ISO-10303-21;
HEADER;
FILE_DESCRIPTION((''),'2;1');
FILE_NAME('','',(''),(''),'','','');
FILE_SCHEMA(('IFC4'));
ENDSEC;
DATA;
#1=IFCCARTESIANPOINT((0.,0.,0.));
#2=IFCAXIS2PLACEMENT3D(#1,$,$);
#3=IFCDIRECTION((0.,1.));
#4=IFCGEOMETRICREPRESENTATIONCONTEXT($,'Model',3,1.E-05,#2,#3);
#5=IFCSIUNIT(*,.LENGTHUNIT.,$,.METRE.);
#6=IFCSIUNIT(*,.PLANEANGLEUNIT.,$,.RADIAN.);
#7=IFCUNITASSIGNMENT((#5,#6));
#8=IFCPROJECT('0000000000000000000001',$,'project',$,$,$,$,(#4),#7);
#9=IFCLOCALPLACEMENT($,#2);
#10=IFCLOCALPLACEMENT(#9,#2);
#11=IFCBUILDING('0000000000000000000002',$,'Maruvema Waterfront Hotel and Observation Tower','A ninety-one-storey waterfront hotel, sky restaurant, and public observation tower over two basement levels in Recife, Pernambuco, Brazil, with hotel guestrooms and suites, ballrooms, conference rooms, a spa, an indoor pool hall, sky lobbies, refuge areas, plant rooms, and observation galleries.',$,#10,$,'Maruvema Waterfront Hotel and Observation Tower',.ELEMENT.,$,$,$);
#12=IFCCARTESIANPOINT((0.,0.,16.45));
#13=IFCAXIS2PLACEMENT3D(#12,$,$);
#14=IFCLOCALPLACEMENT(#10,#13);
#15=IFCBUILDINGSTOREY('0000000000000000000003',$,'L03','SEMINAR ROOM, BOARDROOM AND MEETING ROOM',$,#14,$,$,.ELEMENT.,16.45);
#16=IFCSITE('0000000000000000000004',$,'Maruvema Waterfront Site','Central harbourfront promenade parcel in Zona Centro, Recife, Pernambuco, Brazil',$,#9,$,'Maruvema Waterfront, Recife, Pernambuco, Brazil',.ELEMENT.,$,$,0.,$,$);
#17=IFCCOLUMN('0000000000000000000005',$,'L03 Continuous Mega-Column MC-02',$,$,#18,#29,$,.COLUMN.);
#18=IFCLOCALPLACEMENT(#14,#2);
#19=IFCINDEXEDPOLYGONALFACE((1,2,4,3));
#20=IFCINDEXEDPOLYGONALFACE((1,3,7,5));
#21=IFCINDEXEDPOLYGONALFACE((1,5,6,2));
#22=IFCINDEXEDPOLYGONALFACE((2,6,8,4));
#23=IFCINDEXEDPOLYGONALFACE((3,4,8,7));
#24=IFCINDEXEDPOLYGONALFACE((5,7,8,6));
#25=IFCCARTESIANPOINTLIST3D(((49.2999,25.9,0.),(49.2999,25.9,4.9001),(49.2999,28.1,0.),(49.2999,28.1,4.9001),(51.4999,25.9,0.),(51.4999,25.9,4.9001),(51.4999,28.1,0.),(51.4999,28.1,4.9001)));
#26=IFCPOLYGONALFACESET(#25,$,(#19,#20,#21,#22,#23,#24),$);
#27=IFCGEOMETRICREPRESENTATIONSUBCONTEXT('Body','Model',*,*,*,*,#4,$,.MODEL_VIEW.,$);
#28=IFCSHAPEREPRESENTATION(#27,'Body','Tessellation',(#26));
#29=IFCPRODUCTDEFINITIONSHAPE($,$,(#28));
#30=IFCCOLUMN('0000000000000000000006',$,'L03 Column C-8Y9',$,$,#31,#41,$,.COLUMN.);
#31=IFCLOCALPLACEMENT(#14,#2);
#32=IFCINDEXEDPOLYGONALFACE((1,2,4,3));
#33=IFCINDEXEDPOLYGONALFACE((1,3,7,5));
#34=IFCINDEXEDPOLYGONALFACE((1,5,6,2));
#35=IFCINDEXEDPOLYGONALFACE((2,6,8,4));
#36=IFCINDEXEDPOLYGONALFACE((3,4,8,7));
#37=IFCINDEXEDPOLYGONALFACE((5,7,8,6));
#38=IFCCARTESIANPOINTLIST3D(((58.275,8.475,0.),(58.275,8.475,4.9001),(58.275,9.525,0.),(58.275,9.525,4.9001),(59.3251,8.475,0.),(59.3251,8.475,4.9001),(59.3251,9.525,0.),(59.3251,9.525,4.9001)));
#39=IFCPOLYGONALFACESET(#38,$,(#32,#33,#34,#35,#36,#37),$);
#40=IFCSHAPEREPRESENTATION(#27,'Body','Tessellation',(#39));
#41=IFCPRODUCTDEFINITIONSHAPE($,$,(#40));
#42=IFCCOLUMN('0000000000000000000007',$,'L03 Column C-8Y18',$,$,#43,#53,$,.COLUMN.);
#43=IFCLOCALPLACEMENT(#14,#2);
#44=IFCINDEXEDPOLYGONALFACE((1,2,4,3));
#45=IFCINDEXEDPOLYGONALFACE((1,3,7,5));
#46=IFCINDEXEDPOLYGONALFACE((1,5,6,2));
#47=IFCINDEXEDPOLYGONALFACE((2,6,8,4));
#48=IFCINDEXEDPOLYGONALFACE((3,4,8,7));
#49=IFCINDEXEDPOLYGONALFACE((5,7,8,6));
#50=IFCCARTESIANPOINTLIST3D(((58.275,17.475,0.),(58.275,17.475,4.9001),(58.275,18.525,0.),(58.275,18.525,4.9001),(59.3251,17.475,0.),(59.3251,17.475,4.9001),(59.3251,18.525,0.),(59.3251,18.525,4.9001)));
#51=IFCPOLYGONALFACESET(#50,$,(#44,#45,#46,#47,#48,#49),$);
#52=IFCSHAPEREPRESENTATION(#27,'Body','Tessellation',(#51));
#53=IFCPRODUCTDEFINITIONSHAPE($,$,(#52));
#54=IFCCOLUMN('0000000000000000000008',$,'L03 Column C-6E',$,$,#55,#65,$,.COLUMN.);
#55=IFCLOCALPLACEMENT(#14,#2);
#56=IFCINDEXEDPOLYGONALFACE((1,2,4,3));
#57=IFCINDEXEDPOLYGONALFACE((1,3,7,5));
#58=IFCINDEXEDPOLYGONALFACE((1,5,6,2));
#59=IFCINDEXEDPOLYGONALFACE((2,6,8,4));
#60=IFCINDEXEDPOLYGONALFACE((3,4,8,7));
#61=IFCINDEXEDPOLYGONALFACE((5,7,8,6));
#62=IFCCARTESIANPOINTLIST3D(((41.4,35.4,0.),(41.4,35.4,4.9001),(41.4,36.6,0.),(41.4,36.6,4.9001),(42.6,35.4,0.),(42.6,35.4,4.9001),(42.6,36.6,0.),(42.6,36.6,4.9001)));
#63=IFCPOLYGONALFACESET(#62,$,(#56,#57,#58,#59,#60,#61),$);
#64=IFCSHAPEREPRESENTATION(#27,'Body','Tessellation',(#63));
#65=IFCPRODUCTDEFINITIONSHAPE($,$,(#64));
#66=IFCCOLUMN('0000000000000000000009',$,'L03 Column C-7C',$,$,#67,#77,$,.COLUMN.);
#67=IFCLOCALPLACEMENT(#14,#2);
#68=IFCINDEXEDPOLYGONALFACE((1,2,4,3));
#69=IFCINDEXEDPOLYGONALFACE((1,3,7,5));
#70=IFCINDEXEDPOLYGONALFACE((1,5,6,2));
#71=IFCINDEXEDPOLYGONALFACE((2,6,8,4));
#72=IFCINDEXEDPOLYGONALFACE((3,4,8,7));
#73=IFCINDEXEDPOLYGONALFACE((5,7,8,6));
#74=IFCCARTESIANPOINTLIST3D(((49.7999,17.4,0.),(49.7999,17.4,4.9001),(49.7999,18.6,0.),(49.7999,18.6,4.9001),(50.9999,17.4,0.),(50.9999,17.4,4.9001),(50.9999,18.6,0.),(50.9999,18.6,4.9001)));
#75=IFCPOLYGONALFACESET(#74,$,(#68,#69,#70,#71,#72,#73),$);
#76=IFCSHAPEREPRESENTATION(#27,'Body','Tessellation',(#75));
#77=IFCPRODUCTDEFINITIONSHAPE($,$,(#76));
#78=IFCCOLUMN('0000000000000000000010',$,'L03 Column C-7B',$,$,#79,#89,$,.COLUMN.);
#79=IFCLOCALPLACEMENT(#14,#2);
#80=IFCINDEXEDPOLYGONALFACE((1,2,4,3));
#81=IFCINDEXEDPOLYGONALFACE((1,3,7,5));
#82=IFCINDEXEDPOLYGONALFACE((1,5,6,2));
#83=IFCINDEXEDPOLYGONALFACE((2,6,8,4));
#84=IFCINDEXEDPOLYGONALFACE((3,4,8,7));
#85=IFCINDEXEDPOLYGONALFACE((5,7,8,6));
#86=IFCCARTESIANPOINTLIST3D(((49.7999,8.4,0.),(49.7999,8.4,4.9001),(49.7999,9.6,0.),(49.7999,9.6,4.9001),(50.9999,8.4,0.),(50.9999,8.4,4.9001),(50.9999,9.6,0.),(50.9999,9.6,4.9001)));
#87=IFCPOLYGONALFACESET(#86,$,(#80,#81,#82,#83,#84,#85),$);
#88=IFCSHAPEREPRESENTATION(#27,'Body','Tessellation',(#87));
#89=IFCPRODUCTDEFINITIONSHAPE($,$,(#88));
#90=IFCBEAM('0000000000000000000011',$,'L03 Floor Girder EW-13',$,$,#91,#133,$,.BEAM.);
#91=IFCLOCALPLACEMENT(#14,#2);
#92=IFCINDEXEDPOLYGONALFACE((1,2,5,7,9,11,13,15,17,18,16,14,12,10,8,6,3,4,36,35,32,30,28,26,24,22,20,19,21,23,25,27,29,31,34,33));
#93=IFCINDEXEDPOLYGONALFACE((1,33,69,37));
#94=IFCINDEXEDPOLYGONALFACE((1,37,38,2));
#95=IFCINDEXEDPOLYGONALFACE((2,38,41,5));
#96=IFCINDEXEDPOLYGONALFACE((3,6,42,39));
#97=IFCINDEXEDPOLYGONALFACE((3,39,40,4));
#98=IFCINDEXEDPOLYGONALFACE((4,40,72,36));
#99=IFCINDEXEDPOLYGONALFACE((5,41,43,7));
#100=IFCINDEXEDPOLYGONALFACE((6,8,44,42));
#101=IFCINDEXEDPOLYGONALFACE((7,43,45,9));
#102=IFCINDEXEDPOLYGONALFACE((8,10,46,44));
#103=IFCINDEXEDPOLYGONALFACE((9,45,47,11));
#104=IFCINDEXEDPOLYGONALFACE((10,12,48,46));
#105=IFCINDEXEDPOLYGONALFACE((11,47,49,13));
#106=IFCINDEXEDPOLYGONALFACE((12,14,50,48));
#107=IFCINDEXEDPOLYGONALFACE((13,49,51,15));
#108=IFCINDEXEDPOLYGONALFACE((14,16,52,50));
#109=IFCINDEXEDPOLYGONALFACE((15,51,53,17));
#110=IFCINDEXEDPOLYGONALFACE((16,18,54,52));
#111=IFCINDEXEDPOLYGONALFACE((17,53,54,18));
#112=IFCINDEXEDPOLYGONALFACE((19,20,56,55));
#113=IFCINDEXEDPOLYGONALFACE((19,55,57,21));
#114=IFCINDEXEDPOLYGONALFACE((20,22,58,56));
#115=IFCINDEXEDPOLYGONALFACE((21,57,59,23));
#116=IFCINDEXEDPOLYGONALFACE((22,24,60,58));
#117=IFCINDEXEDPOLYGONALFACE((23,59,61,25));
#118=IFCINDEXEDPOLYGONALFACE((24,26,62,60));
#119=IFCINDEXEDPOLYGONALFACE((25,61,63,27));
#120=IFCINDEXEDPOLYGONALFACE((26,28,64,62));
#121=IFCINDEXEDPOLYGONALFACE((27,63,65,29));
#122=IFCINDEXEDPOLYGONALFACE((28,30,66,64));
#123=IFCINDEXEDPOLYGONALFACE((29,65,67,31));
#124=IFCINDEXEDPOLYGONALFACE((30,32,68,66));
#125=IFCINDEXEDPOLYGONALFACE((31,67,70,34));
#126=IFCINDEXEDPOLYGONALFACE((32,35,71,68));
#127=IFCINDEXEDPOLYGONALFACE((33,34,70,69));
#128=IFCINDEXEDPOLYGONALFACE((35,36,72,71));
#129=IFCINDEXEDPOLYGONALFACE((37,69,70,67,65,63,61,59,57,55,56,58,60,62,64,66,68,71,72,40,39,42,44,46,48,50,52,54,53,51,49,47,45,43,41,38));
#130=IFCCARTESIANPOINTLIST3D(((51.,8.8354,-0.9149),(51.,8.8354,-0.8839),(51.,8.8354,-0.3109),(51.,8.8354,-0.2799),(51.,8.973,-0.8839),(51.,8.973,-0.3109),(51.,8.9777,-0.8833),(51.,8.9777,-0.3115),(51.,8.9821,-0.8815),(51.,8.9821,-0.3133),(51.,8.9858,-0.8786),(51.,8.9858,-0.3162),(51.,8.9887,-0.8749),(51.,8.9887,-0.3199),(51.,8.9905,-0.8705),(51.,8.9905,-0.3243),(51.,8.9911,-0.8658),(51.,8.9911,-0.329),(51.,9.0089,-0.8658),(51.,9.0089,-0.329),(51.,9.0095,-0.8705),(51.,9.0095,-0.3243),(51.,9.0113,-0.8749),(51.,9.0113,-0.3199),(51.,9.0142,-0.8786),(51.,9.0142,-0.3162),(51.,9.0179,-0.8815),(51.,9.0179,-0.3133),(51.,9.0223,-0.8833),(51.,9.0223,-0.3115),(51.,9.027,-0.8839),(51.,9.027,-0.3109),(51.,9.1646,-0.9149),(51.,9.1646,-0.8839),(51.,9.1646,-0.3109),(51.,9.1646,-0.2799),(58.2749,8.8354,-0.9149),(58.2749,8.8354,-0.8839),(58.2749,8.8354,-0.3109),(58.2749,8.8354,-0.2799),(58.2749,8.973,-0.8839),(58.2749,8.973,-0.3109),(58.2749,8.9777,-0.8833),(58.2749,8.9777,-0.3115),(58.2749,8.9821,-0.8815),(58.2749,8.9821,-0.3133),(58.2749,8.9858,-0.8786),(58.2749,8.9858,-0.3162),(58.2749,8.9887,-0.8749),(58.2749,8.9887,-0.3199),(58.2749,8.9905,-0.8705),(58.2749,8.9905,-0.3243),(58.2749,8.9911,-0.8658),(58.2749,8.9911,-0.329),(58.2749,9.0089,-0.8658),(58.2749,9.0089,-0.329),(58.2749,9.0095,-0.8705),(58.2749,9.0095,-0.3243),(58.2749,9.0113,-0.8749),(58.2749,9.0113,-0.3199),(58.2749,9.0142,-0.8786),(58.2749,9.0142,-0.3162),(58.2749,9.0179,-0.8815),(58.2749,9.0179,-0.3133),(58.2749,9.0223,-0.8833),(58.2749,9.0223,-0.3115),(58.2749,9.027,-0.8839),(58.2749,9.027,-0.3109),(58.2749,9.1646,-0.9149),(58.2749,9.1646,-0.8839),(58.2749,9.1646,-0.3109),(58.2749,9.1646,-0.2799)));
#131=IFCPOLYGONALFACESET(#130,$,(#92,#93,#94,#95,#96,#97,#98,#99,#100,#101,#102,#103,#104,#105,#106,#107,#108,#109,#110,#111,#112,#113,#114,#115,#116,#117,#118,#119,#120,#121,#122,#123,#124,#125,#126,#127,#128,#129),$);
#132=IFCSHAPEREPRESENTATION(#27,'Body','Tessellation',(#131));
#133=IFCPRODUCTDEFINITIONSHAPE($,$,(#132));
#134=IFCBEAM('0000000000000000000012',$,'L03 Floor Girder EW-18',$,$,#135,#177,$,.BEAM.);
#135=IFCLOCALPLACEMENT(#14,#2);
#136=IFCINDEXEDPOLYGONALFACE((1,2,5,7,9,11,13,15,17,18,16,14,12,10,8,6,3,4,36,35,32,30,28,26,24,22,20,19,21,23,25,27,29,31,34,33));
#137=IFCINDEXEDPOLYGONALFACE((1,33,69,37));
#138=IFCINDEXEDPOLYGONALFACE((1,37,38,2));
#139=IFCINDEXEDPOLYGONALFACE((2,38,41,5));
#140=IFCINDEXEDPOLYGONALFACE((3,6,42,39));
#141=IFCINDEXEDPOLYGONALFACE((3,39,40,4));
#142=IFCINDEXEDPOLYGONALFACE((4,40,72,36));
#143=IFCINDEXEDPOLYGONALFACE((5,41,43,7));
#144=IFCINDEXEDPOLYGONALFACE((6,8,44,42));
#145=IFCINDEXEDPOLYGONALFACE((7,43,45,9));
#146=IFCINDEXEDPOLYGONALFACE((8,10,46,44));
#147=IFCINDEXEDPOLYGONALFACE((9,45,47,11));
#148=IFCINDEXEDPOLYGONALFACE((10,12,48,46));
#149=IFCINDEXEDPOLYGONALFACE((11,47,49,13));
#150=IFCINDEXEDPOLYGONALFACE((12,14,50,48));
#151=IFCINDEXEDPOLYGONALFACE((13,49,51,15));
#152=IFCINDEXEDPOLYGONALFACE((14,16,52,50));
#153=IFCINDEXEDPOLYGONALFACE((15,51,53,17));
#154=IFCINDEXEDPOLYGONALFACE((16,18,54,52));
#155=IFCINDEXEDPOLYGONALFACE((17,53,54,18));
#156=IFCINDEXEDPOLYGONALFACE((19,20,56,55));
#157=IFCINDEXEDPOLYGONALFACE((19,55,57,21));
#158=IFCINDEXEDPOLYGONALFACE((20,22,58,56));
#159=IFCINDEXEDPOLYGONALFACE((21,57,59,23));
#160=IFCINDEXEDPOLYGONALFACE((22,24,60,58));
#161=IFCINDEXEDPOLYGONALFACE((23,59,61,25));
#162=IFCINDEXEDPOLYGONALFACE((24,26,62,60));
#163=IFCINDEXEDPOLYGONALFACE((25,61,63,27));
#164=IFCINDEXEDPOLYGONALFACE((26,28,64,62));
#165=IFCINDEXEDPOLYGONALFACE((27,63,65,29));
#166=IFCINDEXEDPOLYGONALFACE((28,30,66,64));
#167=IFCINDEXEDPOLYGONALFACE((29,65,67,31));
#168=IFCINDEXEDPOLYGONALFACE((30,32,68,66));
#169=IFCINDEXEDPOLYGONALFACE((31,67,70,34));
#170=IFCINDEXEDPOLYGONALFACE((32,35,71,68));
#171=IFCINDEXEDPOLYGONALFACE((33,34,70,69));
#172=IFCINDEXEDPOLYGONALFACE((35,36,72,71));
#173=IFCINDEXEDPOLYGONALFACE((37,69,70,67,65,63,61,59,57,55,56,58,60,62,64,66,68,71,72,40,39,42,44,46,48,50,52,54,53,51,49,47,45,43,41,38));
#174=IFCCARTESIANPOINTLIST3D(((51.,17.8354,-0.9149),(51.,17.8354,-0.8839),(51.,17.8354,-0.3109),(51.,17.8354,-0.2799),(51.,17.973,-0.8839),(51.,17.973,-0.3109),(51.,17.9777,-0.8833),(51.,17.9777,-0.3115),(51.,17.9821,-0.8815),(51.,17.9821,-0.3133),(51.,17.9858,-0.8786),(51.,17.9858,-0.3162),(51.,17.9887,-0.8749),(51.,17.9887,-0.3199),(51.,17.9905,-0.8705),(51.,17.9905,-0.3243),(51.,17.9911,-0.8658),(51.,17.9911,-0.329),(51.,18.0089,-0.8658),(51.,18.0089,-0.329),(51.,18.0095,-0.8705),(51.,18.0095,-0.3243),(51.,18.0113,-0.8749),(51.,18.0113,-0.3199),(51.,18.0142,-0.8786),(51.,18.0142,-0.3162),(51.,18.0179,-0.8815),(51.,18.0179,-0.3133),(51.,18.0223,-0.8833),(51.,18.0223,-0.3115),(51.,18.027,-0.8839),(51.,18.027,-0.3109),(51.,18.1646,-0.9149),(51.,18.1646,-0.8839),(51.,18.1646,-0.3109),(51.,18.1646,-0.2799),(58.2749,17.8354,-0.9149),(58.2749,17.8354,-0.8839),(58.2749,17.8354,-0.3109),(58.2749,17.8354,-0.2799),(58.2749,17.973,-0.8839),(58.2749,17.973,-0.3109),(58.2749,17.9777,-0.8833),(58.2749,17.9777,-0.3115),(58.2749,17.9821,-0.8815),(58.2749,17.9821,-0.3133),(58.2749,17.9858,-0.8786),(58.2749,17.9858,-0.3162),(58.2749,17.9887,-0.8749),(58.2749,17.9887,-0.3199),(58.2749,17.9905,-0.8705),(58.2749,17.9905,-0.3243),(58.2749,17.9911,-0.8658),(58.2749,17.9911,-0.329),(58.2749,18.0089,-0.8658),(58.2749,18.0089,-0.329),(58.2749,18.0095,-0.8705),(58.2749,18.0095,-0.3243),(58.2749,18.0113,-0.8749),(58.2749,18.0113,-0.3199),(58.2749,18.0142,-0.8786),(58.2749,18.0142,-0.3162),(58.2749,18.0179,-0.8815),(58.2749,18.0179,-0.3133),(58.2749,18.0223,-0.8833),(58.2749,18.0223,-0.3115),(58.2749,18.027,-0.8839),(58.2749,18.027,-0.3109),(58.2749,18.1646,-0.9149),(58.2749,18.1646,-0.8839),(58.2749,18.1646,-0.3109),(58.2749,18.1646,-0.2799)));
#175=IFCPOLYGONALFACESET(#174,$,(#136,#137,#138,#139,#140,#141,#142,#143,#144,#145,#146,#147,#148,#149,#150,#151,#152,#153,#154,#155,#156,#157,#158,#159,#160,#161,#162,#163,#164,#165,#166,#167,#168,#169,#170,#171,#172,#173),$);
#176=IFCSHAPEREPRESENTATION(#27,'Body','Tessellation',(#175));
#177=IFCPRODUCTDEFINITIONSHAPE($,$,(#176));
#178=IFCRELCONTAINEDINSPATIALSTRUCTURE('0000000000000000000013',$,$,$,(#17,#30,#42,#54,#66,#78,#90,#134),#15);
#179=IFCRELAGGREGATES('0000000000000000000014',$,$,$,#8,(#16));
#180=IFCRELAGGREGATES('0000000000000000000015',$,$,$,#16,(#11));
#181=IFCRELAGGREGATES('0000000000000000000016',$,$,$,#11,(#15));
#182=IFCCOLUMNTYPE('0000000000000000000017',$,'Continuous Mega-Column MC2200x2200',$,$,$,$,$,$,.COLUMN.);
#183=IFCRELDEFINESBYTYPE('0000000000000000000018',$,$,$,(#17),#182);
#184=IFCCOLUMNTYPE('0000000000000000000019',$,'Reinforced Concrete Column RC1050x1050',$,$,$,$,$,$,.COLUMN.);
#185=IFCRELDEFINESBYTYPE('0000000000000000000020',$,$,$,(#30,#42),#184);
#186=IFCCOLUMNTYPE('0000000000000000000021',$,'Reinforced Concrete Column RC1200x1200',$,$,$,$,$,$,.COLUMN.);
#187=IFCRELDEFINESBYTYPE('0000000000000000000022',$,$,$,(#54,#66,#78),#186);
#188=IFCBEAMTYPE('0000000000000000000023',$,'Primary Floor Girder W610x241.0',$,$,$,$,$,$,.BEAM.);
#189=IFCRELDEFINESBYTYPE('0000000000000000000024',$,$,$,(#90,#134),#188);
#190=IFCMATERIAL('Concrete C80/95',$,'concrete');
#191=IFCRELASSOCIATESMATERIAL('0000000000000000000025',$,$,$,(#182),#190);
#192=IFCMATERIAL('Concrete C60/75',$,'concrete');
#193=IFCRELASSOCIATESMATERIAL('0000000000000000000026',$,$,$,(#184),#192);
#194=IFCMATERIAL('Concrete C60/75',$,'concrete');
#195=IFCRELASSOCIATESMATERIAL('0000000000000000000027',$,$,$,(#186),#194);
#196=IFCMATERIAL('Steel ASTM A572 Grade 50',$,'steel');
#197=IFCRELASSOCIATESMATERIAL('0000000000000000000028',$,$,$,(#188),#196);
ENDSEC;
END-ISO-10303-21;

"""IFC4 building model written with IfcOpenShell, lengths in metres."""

from ifc_helpers import new_model, si_unit, direction, frame, origin, origin_2d, place, context, subcontext, project, spatial, rectangle, i_section, extrude, material, material_profile, profile_set, type_object, element, save


model = new_model("IFC4")

# Units and contexts
model_context = context("Model", 3, precision=1e-05, world=origin(), true_north=direction((0.0, 1.0)))
body_context = subcontext(model_context, "Body", "Model", "MODEL_VIEW")
ifc_project = project(units=[si_unit("LENGTHUNIT", "METRE"), si_unit("PLANEANGLEUNIT", "RADIAN")], contexts=[model_context])

# Site, building, storey
site_placement = place(None, origin())
site = spatial("IfcSite", under=ifc_project, at=site_placement, Name="Maruvema Waterfront Site", Description="Central harbourfront promenade parcel in Zona Centro, Recife, Pernambuco, Brazil", LongName="Maruvema Waterfront, Recife, Pernambuco, Brazil", CompositionType="ELEMENT", RefElevation=0.0)
building_placement = place(site_placement, origin())
building = spatial("IfcBuilding", under=site, at=building_placement, Name="Maruvema Waterfront Hotel and Observation Tower", Description="A ninety-one-storey waterfront hotel, sky restaurant, and public observation tower over two basement levels in Recife, Pernambuco, Brazil, with hotel guestrooms and suites, ballrooms, conference rooms, a spa, an indoor pool hall, sky lobbies, refuge areas, plant rooms, and observation galleries.", LongName="Maruvema Waterfront Hotel and Observation Tower", CompositionType="ELEMENT")
storey_placement = place(building_placement, frame((0.0, 0.0, 16.45)))
storey = spatial("IfcBuildingStorey", under=building, at=storey_placement, Name="L03", Description="SEMINAR ROOM, BOARDROOM AND MEETING ROOM", CompositionType="ELEMENT", Elevation=16.45)

# Columns
ifc_material_1 = material(Name="Concrete C80/95", Category="concrete")
ifc_material_profile_1 = material_profile(ifc_material_1, rectangle(XDim=2.2, YDim=2.2, at=origin_2d()), Name="MC2200x2200")
ifc_profile_set_1 = profile_set([ifc_material_profile_1], Name="Concrete C80/95")
column_type_1 = type_object("IfcColumnType", Name="Continuous Mega-Column MC2200x2200", PredefinedType="COLUMN", material=ifc_profile_set_1)
column_placement = place(storey_placement, frame((50.3999, 27.0, 0.0), z_axis=(0.0, 0.0, 1.0), x_axis=(1.0, 0.0, 0.0)))
element("IfcColumn", 1, at=column_placement, inside=storey, type_object=column_type_1, Name="L03 Continuous Mega-Column MC-02", PredefinedType="COLUMN", context=body_context, shape_type="SweptSolid", body=[
    extrude(rectangle(XDim=2.2, YDim=2.2, at=origin_2d()), origin(), (0.0, 0.0, 1.0), 4.9001),
])
ifc_material_2 = material(Name="Concrete C60/75", Category="concrete")
ifc_material_profile_2 = material_profile(ifc_material_2, rectangle(XDim=1.05, YDim=1.05, at=origin_2d()), Name="RC1050x1050")
ifc_profile_set_2 = profile_set([ifc_material_profile_2], Name="Concrete C60/75")
column_type_2 = type_object("IfcColumnType", Name="Reinforced Concrete Column RC1050x1050", PredefinedType="COLUMN", material=ifc_profile_set_2)
for number, where, z_axis, x_axis, name in (
    (2, (58.8, 9.0, 0.0), (0.0, 0.0, 1.0), (1.0, 0.0, 0.0), "L03 Column C-8Y9"),
    (3, (58.8, 18.0, 0.0), (0.0, 0.0, 1.0), (1.0, 0.0, 0.0), "L03 Column C-8Y18"),
):
    element("IfcColumn", number, at=place(storey_placement, frame(where, z_axis=z_axis, x_axis=x_axis)), inside=storey, type_object=column_type_2, Name=name, PredefinedType="COLUMN", context=body_context, shape_type="SweptSolid", body=[
        extrude(rectangle(XDim=1.05, YDim=1.05, at=origin_2d()), origin(), (0.0, 0.0, 1.0), 4.9001),
    ])
ifc_material_3 = material(Name="Concrete C60/75", Category="concrete")
ifc_material_profile_3 = material_profile(ifc_material_3, rectangle(XDim=1.2, YDim=1.2, at=origin_2d()), Name="RC1200x1200")
ifc_profile_set_3 = profile_set([ifc_material_profile_3], Name="Concrete C60/75")
column_type_3 = type_object("IfcColumnType", Name="Reinforced Concrete Column RC1200x1200", PredefinedType="COLUMN", material=ifc_profile_set_3)
for number, where, z_axis, x_axis, name in (
    (4, (42.0, 36.0, 0.0), (0.0, 0.0, 1.0), (1.0, 0.0, 0.0), "L03 Column C-6E"),
    (5, (50.3999, 18.0, 0.0), (0.0, 0.0, 1.0), (1.0, 0.0, 0.0), "L03 Column C-7C"),
    (6, (50.3999, 9.0, 0.0), (0.0, 0.0, 1.0), (1.0, 0.0, 0.0), "L03 Column C-7B"),
):
    element("IfcColumn", number, at=place(storey_placement, frame(where, z_axis=z_axis, x_axis=x_axis)), inside=storey, type_object=column_type_3, Name=name, PredefinedType="COLUMN", context=body_context, shape_type="SweptSolid", body=[
        extrude(rectangle(XDim=1.2, YDim=1.2, at=origin_2d()), origin(), (0.0, 0.0, 1.0), 4.9001),
    ])

# Beams
ifc_material_4 = material(Name="Steel ASTM A572 Grade 50", Category="steel")
ifc_material_profile_4 = material_profile(ifc_material_4, i_section(OverallWidth=0.3291, OverallDepth=0.635, WebThickness=0.0178, FlangeThickness=0.031, FilletRadius=0.0181, at=origin_2d()), Name="W610x241.0")
ifc_profile_set_4 = profile_set([ifc_material_profile_4], Name="Steel ASTM A572 Grade 50")
beam_type_1 = type_object("IfcBeamType", Name="Primary Floor Girder W610x241.0", PredefinedType="BEAM", material=ifc_profile_set_4)
for number, where, z_axis, x_axis, name in (
    (7, (51.0, 9.0, -0.5974), (1.0, 0.0, 0.0), (0.0, 1.0, 0.0), "L03 Floor Girder EW-13"),
    (8, (51.0, 18.0, -0.5974), (1.0, 0.0, 0.0), (0.0, 1.0, 0.0), "L03 Floor Girder EW-18"),
):
    element("IfcBeam", number, at=place(storey_placement, frame(where, z_axis=z_axis, x_axis=x_axis)), inside=storey, type_object=beam_type_1, Name=name, PredefinedType="BEAM", context=body_context, shape_type="SweptSolid", body=[
        extrude(i_section(OverallWidth=0.3291, OverallDepth=0.635, WebThickness=0.0178, FlangeThickness=0.031, FilletRadius=0.0181, at=origin_2d()), origin(), (0.0, 0.0, 1.0), 7.2749),
    ])

save(model, "model.ifc")
